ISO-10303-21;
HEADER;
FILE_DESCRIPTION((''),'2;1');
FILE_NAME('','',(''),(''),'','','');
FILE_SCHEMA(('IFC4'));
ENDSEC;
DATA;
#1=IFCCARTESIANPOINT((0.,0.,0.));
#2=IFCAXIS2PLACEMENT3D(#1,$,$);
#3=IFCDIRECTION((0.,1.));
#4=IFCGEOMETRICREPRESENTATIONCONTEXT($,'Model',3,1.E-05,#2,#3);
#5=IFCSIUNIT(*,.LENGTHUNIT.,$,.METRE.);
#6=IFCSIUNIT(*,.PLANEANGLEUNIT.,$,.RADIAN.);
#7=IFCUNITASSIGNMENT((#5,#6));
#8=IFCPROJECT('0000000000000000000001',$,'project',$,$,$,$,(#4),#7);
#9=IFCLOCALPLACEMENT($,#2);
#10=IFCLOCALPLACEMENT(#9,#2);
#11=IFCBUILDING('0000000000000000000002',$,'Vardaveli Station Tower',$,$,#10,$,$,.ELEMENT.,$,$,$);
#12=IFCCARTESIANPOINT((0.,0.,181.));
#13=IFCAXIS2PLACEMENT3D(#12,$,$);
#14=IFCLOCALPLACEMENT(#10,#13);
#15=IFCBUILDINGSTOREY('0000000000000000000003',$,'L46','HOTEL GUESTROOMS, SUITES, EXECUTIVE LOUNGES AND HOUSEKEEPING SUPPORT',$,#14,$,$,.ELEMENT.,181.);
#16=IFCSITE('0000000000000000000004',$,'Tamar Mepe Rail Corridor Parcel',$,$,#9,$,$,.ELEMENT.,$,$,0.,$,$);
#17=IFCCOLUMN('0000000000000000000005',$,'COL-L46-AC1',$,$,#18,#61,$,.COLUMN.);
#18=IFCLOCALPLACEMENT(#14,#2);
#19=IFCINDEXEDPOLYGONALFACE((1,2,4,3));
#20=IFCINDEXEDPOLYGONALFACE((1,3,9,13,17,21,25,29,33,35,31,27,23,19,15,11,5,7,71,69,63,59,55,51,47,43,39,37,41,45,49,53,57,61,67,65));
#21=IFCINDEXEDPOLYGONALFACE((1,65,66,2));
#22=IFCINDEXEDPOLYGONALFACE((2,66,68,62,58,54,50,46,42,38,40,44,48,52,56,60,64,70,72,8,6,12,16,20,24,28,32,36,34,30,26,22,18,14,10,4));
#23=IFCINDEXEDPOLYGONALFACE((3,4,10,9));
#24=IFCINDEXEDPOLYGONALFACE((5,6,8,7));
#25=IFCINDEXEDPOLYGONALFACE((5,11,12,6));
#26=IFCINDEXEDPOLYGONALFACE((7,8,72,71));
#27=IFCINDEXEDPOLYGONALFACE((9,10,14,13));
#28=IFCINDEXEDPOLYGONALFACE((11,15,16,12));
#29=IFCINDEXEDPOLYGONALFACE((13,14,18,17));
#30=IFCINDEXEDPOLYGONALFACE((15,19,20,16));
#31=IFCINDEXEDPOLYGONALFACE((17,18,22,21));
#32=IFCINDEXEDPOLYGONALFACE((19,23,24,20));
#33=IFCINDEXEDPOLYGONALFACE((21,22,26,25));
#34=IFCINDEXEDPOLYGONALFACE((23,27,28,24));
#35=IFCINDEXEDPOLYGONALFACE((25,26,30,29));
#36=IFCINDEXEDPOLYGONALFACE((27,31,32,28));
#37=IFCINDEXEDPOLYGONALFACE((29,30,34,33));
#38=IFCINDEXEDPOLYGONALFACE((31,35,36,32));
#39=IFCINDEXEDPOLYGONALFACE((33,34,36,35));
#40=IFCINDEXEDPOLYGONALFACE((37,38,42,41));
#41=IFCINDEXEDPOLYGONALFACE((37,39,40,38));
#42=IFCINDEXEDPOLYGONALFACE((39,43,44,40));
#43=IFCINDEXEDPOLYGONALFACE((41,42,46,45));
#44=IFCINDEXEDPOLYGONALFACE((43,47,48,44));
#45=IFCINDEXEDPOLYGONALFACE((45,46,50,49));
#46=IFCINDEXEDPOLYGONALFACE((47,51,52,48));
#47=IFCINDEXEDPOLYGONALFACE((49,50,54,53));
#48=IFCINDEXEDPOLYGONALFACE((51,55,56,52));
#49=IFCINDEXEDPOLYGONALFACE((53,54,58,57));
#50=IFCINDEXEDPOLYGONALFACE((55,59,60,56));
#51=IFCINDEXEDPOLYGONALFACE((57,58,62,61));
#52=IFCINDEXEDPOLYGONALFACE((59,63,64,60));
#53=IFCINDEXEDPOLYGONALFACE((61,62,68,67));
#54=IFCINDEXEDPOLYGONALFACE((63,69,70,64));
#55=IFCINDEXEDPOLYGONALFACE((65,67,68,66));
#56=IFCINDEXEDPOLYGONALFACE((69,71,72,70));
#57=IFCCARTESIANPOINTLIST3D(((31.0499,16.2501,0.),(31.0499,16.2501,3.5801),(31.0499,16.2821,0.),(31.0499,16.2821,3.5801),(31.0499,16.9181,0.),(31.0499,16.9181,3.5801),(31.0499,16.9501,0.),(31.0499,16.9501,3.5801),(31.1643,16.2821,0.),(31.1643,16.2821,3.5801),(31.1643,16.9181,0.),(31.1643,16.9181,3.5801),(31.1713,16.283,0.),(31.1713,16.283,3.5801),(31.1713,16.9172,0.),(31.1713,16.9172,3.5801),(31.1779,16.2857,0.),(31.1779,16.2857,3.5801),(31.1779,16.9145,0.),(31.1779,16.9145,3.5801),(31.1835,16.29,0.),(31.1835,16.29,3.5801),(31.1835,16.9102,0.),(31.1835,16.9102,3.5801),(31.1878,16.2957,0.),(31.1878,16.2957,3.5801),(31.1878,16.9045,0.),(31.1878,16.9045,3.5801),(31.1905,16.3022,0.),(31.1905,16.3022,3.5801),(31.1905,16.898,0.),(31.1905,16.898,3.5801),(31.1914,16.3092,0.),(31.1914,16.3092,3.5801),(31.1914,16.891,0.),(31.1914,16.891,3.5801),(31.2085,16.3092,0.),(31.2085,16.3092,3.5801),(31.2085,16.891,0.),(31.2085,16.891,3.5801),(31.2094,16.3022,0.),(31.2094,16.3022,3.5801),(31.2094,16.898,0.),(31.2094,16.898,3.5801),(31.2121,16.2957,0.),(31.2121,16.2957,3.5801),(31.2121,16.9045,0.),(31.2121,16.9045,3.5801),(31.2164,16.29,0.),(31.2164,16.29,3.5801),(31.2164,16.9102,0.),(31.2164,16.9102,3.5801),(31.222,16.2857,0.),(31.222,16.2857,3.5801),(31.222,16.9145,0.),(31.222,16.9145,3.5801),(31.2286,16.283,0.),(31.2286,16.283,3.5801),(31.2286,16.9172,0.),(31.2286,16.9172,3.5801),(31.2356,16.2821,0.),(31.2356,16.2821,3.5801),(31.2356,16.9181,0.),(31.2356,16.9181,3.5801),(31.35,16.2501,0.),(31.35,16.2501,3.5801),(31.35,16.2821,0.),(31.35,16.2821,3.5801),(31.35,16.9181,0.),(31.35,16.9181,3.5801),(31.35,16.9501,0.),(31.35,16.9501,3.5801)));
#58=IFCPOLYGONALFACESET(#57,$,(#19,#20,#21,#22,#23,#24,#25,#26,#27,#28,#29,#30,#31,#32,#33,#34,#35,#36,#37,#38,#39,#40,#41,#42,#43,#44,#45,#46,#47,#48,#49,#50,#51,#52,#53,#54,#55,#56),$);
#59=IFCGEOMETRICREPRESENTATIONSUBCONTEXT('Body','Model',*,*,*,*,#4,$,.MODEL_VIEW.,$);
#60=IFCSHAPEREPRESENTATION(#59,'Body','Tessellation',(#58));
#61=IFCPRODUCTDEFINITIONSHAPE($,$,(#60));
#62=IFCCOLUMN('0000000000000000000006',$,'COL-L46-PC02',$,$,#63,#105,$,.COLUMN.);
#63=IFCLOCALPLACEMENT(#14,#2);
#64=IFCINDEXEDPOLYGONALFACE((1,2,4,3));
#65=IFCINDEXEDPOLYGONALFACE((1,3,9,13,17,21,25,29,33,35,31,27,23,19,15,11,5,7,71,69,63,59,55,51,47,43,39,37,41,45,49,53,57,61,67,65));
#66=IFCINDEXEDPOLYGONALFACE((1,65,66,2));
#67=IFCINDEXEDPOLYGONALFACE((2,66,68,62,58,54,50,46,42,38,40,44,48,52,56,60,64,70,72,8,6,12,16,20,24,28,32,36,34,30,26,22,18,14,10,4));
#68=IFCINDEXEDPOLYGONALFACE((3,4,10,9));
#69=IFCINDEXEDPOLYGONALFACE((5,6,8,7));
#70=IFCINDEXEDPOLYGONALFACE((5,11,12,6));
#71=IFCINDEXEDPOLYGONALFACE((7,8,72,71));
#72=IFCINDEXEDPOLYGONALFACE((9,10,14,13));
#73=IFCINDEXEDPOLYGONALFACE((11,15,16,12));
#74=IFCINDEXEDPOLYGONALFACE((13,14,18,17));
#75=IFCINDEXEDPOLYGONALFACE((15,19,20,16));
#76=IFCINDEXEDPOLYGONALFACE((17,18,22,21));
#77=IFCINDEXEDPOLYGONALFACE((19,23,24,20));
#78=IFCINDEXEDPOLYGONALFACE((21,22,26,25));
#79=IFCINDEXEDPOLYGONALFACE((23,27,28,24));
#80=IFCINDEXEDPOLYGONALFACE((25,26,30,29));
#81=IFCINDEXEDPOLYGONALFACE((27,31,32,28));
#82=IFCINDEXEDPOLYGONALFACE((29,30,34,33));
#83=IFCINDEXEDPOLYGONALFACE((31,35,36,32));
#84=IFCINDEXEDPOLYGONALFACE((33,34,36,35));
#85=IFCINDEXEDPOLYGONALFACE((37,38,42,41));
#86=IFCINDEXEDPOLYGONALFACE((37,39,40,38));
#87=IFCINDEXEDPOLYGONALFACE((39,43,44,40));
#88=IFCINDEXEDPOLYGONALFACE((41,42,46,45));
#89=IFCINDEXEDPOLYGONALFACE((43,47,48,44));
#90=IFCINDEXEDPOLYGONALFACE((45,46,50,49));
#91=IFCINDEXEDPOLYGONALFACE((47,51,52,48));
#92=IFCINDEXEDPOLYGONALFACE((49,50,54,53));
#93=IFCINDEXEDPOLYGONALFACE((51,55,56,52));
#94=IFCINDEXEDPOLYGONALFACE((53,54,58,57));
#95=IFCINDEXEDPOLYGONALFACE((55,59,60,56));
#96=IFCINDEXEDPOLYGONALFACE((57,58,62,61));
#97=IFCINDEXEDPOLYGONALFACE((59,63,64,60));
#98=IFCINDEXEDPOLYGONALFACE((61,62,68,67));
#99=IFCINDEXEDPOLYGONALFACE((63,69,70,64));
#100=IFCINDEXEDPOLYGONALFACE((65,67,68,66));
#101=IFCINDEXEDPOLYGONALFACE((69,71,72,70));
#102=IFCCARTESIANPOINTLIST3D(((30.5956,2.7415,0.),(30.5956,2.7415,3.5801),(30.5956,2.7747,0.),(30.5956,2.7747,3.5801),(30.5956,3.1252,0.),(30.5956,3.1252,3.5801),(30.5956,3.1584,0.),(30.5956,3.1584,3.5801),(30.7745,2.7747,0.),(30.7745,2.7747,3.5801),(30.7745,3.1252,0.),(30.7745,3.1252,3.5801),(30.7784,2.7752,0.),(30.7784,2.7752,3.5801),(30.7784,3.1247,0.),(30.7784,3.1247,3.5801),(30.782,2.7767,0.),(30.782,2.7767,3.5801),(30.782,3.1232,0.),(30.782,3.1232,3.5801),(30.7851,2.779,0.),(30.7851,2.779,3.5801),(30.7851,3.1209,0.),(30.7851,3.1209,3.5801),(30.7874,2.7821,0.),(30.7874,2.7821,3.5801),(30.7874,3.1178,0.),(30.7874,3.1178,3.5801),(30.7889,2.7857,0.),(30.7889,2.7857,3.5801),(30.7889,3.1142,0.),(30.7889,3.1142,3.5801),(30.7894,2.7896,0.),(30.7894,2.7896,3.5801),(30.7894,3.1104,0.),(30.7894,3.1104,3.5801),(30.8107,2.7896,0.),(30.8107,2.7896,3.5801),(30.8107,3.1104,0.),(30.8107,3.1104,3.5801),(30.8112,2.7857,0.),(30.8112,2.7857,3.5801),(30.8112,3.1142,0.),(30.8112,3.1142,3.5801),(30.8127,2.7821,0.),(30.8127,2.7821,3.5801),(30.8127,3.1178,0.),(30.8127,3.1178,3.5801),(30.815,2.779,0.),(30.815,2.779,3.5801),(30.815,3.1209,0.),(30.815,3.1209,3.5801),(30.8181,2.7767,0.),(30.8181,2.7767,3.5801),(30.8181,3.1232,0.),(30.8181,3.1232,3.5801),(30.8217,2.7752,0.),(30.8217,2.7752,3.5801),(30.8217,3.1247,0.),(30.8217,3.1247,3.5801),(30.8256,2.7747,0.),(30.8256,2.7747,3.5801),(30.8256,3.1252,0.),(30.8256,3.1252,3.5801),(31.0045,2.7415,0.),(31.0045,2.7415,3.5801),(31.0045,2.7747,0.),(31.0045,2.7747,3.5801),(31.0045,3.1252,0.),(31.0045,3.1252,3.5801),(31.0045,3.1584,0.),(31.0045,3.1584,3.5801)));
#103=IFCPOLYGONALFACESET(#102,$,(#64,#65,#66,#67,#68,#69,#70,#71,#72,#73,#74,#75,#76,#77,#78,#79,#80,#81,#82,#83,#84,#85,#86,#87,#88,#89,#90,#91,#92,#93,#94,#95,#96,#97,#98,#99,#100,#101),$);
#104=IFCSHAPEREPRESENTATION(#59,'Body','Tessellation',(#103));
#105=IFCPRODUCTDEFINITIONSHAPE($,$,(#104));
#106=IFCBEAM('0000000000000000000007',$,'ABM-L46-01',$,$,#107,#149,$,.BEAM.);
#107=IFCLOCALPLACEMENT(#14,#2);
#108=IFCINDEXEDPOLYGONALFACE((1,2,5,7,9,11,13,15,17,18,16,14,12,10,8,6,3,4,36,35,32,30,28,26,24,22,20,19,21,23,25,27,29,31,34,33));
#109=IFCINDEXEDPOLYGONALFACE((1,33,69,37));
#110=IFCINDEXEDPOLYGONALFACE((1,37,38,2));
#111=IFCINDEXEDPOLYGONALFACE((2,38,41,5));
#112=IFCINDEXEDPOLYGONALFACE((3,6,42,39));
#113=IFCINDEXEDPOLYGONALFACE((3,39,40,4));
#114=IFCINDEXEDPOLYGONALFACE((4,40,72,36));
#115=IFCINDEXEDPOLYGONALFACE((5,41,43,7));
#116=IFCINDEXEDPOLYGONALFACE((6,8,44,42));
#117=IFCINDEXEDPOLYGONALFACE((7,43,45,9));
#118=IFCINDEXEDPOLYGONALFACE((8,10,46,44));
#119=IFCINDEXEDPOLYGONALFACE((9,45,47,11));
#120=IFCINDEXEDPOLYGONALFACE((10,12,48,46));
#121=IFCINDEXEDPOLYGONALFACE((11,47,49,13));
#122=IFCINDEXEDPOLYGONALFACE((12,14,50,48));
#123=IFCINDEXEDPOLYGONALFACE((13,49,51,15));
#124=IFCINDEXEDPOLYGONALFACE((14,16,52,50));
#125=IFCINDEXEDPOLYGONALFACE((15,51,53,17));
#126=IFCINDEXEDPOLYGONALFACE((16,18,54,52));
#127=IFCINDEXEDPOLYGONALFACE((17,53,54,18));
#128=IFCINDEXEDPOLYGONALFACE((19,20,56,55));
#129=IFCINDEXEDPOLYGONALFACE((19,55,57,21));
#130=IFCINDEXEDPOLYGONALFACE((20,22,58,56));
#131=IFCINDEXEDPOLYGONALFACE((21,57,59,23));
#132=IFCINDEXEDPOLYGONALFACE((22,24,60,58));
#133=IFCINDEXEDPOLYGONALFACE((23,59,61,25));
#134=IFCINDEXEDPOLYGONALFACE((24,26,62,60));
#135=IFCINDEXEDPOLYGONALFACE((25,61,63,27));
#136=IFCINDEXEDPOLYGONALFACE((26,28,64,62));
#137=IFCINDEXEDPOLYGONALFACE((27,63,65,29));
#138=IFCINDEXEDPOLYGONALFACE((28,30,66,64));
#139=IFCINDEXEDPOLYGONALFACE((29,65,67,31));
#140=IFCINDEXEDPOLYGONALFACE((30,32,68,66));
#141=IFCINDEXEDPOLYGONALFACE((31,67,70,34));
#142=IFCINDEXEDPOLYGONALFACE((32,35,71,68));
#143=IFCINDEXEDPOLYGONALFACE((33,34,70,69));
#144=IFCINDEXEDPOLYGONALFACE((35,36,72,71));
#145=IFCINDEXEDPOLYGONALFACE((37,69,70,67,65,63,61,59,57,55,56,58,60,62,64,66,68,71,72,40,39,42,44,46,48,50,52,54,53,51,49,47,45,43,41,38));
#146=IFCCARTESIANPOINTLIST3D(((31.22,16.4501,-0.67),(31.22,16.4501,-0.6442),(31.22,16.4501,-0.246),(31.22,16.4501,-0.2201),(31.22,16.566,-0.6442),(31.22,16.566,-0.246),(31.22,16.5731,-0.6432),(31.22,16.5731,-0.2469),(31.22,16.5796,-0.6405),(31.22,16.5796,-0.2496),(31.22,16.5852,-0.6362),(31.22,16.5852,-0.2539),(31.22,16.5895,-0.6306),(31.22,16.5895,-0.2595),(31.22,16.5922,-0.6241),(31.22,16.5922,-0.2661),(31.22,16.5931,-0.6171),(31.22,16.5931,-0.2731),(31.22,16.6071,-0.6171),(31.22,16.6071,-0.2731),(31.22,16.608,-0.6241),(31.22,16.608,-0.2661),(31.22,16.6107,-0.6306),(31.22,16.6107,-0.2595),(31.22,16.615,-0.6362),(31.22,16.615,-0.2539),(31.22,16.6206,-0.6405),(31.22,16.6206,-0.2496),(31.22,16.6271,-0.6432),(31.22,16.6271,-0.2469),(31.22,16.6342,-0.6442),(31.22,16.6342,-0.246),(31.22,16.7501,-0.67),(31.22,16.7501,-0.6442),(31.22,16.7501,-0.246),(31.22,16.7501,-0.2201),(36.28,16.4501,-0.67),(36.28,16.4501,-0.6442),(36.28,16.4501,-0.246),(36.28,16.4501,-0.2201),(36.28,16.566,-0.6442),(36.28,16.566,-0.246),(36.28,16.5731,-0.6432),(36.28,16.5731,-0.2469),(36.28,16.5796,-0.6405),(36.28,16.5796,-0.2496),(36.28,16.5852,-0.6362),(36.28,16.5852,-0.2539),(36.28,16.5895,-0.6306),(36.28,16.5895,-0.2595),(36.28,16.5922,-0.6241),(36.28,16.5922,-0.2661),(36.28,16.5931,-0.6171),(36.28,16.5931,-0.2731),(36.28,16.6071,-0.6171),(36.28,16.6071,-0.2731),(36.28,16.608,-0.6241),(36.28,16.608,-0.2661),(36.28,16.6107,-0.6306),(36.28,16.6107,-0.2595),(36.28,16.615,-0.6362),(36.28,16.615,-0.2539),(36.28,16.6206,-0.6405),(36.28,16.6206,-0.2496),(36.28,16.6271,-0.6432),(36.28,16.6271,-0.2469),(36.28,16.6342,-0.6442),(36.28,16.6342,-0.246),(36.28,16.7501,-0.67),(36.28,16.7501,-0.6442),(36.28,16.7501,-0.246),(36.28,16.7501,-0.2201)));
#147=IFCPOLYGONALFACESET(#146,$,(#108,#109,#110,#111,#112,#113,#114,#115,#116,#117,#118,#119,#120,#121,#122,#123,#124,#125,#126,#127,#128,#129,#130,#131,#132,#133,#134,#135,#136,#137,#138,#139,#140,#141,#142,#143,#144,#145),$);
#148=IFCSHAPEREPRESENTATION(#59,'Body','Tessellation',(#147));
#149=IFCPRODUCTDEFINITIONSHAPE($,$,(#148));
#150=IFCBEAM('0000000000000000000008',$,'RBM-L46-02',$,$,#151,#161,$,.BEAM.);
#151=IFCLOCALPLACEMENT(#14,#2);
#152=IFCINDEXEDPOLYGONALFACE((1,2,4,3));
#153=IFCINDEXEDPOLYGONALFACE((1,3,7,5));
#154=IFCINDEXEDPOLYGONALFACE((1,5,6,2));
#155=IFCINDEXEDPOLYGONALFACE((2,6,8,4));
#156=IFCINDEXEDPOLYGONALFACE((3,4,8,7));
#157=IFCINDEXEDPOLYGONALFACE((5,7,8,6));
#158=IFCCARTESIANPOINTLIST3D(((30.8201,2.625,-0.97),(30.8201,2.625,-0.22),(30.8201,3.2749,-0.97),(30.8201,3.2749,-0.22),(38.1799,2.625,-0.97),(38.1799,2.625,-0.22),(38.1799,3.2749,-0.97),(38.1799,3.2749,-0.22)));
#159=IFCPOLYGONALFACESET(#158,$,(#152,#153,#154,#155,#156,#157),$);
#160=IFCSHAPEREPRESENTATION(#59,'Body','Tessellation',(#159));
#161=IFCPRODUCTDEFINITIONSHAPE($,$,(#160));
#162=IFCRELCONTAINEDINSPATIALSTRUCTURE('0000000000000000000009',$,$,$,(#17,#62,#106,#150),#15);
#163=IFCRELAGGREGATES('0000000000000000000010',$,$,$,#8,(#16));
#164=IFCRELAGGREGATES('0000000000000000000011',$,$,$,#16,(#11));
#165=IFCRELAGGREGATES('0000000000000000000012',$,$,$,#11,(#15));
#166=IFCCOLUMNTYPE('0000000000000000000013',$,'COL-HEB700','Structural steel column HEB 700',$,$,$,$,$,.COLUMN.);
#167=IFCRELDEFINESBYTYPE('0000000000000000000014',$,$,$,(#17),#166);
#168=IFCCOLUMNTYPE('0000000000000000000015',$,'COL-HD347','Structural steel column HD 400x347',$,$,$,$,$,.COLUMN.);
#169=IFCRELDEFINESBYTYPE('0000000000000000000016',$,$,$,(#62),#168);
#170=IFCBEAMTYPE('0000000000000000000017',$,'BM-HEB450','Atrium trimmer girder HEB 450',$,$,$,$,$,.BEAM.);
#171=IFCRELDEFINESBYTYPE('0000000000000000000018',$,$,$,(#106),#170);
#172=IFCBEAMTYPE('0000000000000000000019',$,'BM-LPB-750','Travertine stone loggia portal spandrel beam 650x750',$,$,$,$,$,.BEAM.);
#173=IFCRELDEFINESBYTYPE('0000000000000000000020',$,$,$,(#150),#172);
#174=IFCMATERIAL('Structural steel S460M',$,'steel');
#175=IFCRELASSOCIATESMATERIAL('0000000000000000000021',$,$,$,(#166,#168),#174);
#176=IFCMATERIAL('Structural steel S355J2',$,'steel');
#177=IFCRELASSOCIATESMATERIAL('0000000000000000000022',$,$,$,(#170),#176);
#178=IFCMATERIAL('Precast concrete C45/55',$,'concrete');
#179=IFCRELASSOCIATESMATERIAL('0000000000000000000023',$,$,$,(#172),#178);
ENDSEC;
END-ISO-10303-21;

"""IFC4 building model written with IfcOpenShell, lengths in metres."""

from ifc_helpers import new_model, si_unit, direction, frame, origin, origin_2d, place, context, subcontext, project, spatial, rectangle, i_section, extrude, source, transform, mapped, material, material_profile, profile_set, type_object, element, save


model = new_model("IFC4")

# Units and contexts
model_context = context("Model", 3, precision=1e-05, world=origin(), true_north=direction((0.0, 1.0)))
body_context = subcontext(model_context, "Body", "Model", "MODEL_VIEW")
ifc_project = project(units=[si_unit("LENGTHUNIT", "METRE"), si_unit("PLANEANGLEUNIT", "RADIAN")], contexts=[model_context])

# Site, building, storey
site_placement = place(None, origin())
site = spatial("IfcSite", under=ifc_project, at=site_placement, Name="Tamar Mepe Rail Corridor Parcel", CompositionType="ELEMENT", RefElevation=0.0)
building_placement = place(site_placement, origin())
building = spatial("IfcBuilding", under=site, at=building_placement, Name="Vardaveli Station Tower", CompositionType="ELEMENT")
storey_placement = place(building_placement, frame((0.0, 0.0, 181.0)))
storey = spatial("IfcBuildingStorey", under=building, at=storey_placement, Name="L46", Description="HOTEL GUESTROOMS, SUITES, EXECUTIVE LOUNGES AND HOUSEKEEPING SUPPORT", CompositionType="ELEMENT", Elevation=181.0)

# Columns
ifc_material_1 = material(Name="Structural steel S460M", Category="steel")
ifc_material_profile_1 = material_profile(ifc_material_1, i_section(OverallWidth=0.3, OverallDepth=0.7, WebThickness=0.0171, FlangeThickness=0.032, FilletRadius=0.0271, at=origin_2d()), Name="HEB 700")
ifc_profile_set_1 = profile_set([ifc_material_profile_1], Name="Structural steel S460M")
column_type_1 = type_object("IfcColumnType", Name="COL-HEB700", Description="Structural steel column HEB 700", PredefinedType="COLUMN", material=ifc_profile_set_1)
shared_shape_1 = source(origin(), body_context, "Body", "SweptSolid", [
    extrude(i_section(OverallWidth=0.3, OverallDepth=0.7, WebThickness=0.0171, FlangeThickness=0.032, FilletRadius=0.0271, at=origin_2d()), origin(), (0.0, 0.0, 1.0), 3.5801),
])
column_1_placement = place(storey_placement, frame((31.2, 16.6001, 0.0), z_axis=(0.0, 0.0, 1.0), x_axis=(1.0, 0.0, 0.0)))
element("IfcColumn", 1, at=column_1_placement, inside=storey, type_object=column_type_1, Name="COL-L46-AC1", PredefinedType="COLUMN", context=body_context, shape_type="MappedRepresentation", body=[
    mapped(shared_shape_1, transform((0.0, 0.0, 0.0), scale=1.0)),
])
ifc_material_profile_2 = material_profile(ifc_material_1, i_section(OverallWidth=0.4089, OverallDepth=0.417, WebThickness=0.0212, FlangeThickness=0.0332, FilletRadius=0.0149, at=origin_2d()), Name="HD 400x347")
ifc_profile_set_2 = profile_set([ifc_material_profile_2], Name="Structural steel S460M")
column_type_2 = type_object("IfcColumnType", Name="COL-HD347", Description="Structural steel column HD 400x347", PredefinedType="COLUMN", material=ifc_profile_set_2)
shared_shape_2 = source(origin(), body_context, "Body", "SweptSolid", [
    extrude(i_section(OverallWidth=0.4089, OverallDepth=0.417, WebThickness=0.0212, FlangeThickness=0.0332, FilletRadius=0.0149, at=origin_2d()), origin(), (0.0, 0.0, 1.0), 3.5801),
])
column_2_placement = place(storey_placement, frame((30.8, 2.95, 0.0), z_axis=(0.0, 0.0, 1.0), x_axis=(1.0, 0.0, 0.0)))
element("IfcColumn", 2, at=column_2_placement, inside=storey, type_object=column_type_2, Name="COL-L46-PC02", PredefinedType="COLUMN", context=body_context, shape_type="MappedRepresentation", body=[
    mapped(shared_shape_2, transform((0.0, 0.0, 0.0), scale=1.0)),
])

# Beams
ifc_material_2 = material(Name="Structural steel S355J2", Category="steel")
ifc_material_profile_3 = material_profile(ifc_material_2, i_section(OverallWidth=0.3, OverallDepth=0.45, WebThickness=0.0139, FlangeThickness=0.0259, FilletRadius=0.0271, at=origin_2d()), Name="HEB 450")
ifc_profile_set_3 = profile_set([ifc_material_profile_3], Name="Structural steel S355J2")
beam_type_1 = type_object("IfcBeamType", Name="BM-HEB450", Description="Atrium trimmer girder HEB 450", PredefinedType="BEAM", material=ifc_profile_set_3)
shared_shape_3 = source(origin(), body_context, "Body", "SweptSolid", [
    extrude(i_section(OverallWidth=0.3, OverallDepth=0.45, WebThickness=0.0139, FlangeThickness=0.0259, FilletRadius=0.0271, at=origin_2d()), origin(), (0.0, 0.0, 1.0), 5.0601),
])
beam_1_placement = place(storey_placement, frame((31.22, 16.6001, -0.4451), z_axis=(1.0, 0.0, 0.0), x_axis=(0.0, 1.0, 0.0)))
element("IfcBeam", 3, at=beam_1_placement, inside=storey, type_object=beam_type_1, Name="ABM-L46-01", PredefinedType="BEAM", context=body_context, shape_type="MappedRepresentation", body=[
    mapped(shared_shape_3, transform((0.0, 0.0, 0.0), scale=1.0)),
])
ifc_material_3 = material(Name="Precast concrete C45/55", Category="concrete")
ifc_material_profile_4 = material_profile(ifc_material_3, rectangle(XDim=0.6499, YDim=0.75, at=origin_2d()), Name="LPB 650x750")
ifc_profile_set_4 = profile_set([ifc_material_profile_4], Name="Precast concrete C45/55")
beam_type_2 = type_object("IfcBeamType", Name="BM-LPB-750", Description="Travertine stone loggia portal spandrel beam 650x750", PredefinedType="BEAM", material=ifc_profile_set_4)
shared_shape_4 = source(origin(), body_context, "Body", "SweptSolid", [
    extrude(rectangle(XDim=0.6499, YDim=0.75, at=origin_2d()), origin(), (0.0, 0.0, 1.0), 7.3599),
])
beam_2_placement = place(storey_placement, frame((30.8201, 2.95, -0.595), z_axis=(1.0, 0.0, 0.0), x_axis=(0.0, 1.0, 0.0)))
element("IfcBeam", 4, at=beam_2_placement, inside=storey, type_object=beam_type_2, Name="RBM-L46-02", PredefinedType="BEAM", context=body_context, shape_type="MappedRepresentation", body=[
    mapped(shared_shape_4, transform((0.0, 0.0, 0.0), scale=1.0)),
])

save(model, "model.ifc")
